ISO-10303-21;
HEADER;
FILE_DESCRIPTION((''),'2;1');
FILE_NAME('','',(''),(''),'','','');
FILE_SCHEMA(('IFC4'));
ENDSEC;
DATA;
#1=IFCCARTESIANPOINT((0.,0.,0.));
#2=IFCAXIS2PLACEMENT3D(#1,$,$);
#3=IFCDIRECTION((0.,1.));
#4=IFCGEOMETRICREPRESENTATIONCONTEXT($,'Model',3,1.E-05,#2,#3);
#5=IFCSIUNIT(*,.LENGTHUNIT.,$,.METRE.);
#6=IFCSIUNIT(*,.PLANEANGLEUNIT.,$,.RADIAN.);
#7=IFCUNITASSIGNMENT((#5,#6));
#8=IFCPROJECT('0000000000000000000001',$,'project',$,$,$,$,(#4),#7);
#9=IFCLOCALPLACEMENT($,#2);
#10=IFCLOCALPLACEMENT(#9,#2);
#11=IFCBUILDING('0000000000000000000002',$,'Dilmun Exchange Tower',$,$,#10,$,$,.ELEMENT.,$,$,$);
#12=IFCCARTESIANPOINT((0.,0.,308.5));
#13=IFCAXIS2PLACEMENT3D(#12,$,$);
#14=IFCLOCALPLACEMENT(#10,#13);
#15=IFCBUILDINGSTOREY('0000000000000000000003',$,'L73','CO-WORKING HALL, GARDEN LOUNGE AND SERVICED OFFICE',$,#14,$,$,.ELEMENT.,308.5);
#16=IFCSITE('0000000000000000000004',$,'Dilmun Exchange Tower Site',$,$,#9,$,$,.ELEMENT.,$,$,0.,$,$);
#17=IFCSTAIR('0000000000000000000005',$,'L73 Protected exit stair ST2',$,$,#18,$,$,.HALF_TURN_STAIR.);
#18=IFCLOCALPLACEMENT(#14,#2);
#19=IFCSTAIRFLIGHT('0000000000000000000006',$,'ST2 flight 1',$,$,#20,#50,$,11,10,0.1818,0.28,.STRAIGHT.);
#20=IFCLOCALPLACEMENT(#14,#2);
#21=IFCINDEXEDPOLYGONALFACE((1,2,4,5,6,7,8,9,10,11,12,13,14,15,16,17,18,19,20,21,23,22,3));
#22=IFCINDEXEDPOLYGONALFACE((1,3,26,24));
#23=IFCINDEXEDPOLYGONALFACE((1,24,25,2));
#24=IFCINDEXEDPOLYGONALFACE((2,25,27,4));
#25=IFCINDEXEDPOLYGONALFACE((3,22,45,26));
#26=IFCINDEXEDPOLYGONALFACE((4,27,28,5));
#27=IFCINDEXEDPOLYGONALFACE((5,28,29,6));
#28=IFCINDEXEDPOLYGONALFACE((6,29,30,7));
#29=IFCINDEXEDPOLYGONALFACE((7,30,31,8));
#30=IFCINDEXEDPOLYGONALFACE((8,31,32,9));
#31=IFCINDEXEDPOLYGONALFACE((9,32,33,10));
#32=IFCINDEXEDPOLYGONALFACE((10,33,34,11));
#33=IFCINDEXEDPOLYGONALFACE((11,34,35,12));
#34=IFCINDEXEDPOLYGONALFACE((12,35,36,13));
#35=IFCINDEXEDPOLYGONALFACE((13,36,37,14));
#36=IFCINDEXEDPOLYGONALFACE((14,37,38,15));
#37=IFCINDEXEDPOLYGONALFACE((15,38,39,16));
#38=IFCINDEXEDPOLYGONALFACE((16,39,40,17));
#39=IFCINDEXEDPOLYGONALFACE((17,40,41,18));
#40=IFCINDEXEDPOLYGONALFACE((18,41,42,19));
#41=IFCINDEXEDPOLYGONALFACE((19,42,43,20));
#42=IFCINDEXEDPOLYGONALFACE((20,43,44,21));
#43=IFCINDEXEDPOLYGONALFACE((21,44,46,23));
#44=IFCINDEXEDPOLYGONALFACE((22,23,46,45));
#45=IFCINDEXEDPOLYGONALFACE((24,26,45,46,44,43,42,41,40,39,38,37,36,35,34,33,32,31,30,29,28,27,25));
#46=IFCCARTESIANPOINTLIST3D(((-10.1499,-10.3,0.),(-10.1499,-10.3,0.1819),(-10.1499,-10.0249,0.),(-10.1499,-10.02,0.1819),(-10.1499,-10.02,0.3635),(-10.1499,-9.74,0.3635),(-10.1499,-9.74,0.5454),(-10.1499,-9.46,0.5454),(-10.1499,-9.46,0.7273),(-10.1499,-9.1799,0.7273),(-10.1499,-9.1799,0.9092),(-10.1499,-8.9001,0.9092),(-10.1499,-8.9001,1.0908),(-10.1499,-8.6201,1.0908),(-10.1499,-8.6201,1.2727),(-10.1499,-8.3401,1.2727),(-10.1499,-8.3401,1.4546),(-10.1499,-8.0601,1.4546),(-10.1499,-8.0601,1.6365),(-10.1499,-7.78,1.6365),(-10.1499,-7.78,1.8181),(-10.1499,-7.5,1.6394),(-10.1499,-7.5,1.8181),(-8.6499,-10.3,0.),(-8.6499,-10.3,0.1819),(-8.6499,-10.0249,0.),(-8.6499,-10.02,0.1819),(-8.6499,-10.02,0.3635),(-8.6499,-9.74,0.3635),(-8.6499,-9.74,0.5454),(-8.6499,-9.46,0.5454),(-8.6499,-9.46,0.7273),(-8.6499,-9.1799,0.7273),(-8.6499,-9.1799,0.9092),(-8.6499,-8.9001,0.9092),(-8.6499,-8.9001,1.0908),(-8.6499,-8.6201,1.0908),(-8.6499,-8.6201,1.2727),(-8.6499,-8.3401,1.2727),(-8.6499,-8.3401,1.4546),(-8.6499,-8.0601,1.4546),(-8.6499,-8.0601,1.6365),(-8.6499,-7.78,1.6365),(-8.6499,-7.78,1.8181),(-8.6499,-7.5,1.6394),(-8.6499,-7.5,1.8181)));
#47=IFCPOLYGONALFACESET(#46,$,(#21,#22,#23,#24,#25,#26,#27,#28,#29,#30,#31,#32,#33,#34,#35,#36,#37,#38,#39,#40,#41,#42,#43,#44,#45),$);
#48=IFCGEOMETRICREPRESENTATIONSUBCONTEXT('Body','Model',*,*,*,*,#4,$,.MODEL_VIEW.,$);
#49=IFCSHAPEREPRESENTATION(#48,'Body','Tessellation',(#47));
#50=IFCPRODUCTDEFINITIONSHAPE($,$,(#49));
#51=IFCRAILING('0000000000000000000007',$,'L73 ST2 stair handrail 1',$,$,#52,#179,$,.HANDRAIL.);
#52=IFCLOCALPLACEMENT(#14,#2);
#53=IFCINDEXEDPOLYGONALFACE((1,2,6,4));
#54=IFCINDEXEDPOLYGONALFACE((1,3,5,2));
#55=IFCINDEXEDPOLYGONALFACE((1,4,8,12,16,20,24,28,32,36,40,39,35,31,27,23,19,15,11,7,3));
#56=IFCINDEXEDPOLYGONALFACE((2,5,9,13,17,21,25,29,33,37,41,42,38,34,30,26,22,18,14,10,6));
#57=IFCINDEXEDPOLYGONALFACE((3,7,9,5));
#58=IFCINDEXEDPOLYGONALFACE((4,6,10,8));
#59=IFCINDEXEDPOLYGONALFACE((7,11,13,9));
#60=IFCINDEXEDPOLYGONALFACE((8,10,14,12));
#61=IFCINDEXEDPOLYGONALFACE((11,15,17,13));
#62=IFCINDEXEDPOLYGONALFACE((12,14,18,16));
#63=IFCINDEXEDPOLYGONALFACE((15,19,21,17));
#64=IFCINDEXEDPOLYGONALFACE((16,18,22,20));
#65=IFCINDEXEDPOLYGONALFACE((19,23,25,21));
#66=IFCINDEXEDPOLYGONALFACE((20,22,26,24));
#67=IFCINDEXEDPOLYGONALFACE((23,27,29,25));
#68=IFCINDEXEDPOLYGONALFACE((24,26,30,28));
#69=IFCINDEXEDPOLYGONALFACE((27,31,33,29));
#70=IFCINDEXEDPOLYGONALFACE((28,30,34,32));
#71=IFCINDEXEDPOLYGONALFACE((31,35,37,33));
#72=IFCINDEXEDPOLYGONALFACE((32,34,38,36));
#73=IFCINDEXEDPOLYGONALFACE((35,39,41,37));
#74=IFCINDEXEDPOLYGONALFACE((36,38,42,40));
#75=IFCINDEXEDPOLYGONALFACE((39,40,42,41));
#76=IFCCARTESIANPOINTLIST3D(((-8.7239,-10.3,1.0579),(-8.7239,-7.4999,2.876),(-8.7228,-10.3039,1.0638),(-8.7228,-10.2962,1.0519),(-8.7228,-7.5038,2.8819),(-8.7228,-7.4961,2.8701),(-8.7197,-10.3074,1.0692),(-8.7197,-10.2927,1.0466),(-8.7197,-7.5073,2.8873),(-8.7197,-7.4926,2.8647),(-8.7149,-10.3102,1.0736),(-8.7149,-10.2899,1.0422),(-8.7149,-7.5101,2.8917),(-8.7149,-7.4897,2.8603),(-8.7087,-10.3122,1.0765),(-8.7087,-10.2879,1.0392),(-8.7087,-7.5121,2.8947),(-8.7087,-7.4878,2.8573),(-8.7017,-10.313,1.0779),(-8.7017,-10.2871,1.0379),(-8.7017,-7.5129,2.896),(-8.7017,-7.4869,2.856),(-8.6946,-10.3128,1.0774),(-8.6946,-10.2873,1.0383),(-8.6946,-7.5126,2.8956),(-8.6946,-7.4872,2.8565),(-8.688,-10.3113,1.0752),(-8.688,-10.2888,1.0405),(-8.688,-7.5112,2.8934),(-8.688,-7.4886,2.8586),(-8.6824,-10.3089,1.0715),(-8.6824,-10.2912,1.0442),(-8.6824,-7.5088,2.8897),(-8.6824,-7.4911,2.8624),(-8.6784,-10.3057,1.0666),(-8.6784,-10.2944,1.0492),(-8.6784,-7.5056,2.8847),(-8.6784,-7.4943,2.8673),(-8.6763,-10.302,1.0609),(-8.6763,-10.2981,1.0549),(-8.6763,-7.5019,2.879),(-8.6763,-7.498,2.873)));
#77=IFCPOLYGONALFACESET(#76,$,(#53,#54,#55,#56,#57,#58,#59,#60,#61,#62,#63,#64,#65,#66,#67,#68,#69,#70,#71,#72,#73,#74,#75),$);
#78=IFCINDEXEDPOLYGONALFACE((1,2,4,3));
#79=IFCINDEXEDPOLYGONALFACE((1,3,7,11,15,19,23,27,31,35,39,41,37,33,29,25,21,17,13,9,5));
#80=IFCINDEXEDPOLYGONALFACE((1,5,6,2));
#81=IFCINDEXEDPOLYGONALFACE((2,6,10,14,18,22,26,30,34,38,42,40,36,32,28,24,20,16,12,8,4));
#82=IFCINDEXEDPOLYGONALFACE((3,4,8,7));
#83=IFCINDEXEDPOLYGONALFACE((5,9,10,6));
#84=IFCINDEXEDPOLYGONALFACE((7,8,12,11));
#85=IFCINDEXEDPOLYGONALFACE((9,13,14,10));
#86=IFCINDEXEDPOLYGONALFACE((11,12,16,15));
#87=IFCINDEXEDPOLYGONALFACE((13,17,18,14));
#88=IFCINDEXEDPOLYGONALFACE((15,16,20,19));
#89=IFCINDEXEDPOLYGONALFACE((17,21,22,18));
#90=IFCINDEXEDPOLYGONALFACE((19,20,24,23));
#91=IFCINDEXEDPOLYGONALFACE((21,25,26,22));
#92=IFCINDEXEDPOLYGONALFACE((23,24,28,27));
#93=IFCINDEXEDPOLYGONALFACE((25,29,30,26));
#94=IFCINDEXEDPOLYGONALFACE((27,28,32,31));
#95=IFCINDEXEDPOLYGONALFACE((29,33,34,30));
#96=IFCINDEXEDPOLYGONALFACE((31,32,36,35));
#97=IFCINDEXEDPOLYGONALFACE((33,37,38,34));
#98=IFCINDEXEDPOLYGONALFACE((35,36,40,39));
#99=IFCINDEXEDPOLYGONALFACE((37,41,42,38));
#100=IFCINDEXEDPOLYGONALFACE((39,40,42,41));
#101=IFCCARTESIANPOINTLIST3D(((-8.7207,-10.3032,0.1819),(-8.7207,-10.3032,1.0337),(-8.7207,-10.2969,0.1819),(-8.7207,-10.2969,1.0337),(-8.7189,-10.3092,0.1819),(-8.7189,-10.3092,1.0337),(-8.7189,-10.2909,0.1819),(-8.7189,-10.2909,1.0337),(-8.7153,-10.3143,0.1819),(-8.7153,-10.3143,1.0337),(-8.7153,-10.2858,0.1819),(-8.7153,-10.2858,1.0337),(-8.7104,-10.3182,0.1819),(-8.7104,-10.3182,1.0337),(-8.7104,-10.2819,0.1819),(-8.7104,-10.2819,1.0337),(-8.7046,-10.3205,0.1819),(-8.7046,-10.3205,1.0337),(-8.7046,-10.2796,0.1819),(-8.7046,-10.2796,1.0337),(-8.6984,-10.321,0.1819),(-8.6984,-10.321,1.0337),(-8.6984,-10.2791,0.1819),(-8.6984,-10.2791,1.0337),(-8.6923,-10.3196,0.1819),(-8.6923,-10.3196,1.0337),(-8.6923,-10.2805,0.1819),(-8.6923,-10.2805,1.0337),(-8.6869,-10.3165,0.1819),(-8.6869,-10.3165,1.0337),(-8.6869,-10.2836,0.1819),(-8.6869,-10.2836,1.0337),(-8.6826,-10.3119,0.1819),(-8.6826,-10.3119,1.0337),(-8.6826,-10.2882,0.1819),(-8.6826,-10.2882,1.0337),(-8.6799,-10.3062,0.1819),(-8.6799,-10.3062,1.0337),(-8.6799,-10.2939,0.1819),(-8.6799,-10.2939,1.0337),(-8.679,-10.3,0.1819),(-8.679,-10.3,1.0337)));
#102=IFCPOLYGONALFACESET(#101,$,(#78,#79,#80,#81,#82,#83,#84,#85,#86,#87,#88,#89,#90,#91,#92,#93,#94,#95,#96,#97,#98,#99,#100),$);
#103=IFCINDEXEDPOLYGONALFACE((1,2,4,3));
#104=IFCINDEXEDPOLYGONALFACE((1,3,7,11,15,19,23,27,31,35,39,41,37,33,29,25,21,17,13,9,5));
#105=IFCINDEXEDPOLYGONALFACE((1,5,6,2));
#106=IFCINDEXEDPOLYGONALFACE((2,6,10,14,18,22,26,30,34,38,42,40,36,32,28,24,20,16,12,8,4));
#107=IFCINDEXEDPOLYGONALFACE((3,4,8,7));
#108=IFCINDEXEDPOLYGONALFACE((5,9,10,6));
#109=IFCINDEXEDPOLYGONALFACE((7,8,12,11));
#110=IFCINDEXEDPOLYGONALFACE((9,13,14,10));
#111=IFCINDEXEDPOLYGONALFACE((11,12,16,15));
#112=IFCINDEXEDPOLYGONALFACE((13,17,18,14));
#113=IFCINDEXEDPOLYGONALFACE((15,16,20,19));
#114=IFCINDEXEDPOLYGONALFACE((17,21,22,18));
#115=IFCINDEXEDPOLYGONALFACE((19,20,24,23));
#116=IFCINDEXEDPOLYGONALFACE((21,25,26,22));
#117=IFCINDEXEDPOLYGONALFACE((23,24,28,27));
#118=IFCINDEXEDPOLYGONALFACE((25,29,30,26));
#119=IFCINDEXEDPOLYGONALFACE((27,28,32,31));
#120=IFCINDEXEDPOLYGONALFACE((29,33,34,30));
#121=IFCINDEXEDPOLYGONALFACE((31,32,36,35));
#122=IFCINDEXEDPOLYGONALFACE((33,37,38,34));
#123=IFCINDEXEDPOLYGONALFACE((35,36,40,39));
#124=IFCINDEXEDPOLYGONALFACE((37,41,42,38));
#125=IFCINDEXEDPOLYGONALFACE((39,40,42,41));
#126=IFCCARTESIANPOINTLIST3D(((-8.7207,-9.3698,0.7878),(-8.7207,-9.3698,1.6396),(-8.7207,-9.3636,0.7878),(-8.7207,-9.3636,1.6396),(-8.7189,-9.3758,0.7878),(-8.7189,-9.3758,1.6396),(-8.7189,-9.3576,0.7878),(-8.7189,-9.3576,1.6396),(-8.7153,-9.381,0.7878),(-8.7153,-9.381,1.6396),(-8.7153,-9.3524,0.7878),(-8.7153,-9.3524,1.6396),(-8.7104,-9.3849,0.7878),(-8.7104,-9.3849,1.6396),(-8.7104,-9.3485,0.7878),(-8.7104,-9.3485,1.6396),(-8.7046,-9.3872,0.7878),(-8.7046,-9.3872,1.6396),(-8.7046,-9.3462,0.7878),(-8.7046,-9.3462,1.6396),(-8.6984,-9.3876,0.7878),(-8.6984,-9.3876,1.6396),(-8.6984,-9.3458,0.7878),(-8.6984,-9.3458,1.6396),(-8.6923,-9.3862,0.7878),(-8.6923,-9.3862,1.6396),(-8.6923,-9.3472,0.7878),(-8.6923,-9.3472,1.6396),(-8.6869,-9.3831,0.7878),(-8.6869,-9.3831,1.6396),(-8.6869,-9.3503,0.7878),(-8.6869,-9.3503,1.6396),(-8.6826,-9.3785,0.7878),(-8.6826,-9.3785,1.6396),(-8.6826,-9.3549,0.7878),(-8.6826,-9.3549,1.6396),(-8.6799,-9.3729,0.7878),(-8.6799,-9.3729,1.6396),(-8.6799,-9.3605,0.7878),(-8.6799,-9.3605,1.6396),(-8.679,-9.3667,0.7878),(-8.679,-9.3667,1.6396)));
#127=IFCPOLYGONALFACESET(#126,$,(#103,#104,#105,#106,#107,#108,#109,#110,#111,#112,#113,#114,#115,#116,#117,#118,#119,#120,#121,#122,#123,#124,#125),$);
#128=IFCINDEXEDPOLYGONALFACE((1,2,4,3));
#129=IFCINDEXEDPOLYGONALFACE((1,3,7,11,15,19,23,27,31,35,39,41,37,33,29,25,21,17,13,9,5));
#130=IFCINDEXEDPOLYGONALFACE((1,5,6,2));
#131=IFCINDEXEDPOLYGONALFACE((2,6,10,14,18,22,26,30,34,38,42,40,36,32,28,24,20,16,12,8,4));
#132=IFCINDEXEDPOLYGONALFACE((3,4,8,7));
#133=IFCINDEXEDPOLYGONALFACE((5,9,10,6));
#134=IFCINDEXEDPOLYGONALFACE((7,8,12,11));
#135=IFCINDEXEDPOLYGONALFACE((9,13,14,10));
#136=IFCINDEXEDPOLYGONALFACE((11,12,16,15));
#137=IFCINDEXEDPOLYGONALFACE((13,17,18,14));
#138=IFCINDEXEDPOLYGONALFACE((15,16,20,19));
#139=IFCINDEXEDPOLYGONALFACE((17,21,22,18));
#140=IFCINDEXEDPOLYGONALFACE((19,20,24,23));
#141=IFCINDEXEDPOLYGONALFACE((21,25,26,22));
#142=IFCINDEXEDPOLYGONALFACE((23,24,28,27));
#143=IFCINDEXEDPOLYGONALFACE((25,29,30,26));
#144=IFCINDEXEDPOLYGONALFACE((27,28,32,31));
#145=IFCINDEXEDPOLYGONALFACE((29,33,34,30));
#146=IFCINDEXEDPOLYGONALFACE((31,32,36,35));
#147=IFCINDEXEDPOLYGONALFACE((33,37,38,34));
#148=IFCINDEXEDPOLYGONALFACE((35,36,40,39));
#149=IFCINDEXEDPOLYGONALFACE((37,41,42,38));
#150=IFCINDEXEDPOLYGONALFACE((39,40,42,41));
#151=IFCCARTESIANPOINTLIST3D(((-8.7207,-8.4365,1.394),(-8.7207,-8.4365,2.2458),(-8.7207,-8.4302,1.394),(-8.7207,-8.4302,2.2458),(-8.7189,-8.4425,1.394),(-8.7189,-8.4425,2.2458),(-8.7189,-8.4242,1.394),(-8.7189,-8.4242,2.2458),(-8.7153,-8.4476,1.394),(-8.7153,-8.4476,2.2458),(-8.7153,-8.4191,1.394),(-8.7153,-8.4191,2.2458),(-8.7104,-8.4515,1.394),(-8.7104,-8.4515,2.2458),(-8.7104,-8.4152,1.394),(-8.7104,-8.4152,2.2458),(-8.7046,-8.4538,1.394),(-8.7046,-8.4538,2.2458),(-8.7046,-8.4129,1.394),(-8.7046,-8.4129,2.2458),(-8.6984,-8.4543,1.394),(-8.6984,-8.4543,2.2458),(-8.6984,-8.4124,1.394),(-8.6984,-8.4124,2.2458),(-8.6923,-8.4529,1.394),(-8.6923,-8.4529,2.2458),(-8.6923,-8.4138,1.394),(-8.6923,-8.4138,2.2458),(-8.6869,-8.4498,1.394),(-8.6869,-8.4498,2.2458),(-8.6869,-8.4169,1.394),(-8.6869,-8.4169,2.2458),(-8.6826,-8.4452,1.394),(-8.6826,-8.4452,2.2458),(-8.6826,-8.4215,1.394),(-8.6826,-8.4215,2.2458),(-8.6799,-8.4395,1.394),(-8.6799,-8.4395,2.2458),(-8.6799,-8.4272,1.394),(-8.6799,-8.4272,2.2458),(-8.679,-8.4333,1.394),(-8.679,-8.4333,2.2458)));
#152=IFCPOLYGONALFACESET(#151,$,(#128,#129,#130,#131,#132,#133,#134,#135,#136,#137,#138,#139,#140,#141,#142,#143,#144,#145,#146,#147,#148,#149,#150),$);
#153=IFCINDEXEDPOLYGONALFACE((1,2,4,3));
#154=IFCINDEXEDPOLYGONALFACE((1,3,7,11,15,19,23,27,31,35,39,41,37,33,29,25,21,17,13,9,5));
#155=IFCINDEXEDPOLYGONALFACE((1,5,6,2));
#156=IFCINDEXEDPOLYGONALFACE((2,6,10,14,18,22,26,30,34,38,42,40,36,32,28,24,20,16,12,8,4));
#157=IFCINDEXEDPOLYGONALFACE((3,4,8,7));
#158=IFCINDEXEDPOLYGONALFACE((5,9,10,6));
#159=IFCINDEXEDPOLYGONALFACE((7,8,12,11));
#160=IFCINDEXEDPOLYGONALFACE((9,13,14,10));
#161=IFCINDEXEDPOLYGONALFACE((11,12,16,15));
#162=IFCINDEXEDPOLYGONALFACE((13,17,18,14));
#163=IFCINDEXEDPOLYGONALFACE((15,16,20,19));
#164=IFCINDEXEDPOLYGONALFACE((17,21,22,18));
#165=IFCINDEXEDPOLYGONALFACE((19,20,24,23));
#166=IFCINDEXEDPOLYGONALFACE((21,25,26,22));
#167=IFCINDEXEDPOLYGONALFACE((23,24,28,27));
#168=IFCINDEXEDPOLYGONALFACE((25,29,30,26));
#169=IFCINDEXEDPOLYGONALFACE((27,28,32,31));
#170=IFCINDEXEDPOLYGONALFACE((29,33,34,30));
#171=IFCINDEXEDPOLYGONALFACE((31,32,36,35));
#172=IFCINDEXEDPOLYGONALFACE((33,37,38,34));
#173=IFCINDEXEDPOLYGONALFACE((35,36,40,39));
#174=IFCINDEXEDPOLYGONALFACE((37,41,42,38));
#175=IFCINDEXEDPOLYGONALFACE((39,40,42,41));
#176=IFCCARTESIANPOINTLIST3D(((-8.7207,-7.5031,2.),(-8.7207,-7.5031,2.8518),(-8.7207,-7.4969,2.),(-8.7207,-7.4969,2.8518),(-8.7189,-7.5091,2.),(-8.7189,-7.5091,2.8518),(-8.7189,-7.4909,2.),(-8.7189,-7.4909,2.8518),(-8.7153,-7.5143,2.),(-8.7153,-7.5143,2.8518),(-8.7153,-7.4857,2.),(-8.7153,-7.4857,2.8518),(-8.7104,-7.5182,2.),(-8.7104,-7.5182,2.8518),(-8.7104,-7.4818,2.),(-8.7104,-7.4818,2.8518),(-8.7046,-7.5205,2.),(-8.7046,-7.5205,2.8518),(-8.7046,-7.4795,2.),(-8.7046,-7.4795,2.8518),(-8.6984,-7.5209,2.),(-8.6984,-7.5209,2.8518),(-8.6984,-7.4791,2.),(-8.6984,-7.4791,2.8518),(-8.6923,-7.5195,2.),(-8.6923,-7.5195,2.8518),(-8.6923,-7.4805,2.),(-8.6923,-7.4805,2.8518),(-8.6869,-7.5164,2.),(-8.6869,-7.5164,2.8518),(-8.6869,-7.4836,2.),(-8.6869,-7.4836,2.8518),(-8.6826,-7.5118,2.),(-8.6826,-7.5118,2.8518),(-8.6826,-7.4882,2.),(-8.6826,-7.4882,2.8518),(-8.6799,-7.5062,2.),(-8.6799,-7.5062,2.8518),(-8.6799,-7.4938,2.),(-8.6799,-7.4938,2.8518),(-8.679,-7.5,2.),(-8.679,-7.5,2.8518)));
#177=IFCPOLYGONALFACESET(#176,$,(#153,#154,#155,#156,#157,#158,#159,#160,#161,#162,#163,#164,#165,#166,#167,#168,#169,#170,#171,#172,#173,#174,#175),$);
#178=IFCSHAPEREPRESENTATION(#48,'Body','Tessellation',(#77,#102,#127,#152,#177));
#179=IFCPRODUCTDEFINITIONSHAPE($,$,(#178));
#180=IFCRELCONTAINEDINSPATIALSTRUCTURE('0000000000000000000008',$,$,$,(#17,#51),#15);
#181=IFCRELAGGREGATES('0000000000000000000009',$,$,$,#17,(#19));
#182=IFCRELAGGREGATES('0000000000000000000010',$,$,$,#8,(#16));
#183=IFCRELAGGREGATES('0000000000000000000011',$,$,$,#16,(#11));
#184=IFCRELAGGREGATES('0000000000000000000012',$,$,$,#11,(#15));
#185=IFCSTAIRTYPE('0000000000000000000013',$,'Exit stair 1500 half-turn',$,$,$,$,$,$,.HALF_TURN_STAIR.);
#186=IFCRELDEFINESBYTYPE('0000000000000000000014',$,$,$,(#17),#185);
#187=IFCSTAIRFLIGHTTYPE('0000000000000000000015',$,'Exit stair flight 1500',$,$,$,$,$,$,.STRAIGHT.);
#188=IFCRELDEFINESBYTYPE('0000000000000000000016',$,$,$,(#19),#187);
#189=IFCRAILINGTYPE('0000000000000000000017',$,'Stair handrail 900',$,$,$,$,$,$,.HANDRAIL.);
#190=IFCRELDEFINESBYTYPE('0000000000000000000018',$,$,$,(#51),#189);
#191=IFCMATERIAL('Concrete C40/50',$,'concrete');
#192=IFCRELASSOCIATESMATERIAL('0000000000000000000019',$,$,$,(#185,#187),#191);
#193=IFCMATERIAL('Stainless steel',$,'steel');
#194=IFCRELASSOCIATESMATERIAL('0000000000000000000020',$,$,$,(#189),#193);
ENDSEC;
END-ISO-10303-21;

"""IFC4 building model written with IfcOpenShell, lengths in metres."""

from ifc_helpers import new_model, si_unit, direction, frame, origin, origin_2d, place, context, subcontext, project, spatial, polyline, circle, outline, extrude, material, type_object, element, aggregate, save


model = new_model("IFC4")

# Units and contexts
model_context = context("Model", 3, precision=1e-05, world=origin(), true_north=direction((0.0, 1.0)))
body_context = subcontext(model_context, "Body", "Model", "MODEL_VIEW")
ifc_project = project(units=[si_unit("LENGTHUNIT", "METRE"), si_unit("PLANEANGLEUNIT", "RADIAN")], contexts=[model_context])

# Site, building, storey
site_placement = place(None, origin())
site = spatial("IfcSite", under=ifc_project, at=site_placement, Name="Dilmun Exchange Tower Site", CompositionType="ELEMENT", RefElevation=0.0)
building_placement = place(site_placement, origin())
building = spatial("IfcBuilding", under=site, at=building_placement, Name="Dilmun Exchange Tower", CompositionType="ELEMENT")
storey_placement = place(building_placement, frame((0.0, 0.0, 308.5)))
storey = spatial("IfcBuildingStorey", under=building, at=storey_placement, Name="L73", Description="CO-WORKING HALL, GARDEN LOUNGE AND SERVICED OFFICE", CompositionType="ELEMENT", Elevation=308.5)

# Shared definitions
ifc_material_1 = material(Name="Concrete C40/50", Category="concrete")

# Stair, stair flight
stair_type = type_object("IfcStairType", Name="Exit stair 1500 half-turn", PredefinedType="HALF_TURN_STAIR", material=ifc_material_1)
stair_placement = place(storey_placement, origin())
stair = element("IfcStair", 1, at=stair_placement, inside=storey, type_object=stair_type, Name="L73 Protected exit stair ST2", PredefinedType="HALF_TURN_STAIR")
stair_flight_type = type_object("IfcStairFlightType", Name="Exit stair flight 1500", PredefinedType="STRAIGHT", material=ifc_material_1)
stair_flight_placement = place(storey_placement, frame((-9.3999, -10.3, 0.0), z_axis=(0.0, 0.0, 1.0), x_axis=(0.0, 1.0, 0.0)))
stair_flight = element("IfcStairFlight", 2, at=stair_flight_placement, type_object=stair_flight_type, Name="ST2 flight 1", NumberOfRisers=11, NumberOfTreads=10, PredefinedType="STRAIGHT", RiserHeight=0.1818, TreadLength=0.28, context=body_context, shape_type="SweptSolid", body=[
    extrude(outline(polyline([(0.0, 0.0), (0.0, 0.1819), (0.28, 0.1819), (0.28, 0.3635), (0.5601, 0.3635), (0.5601, 0.5454), (0.8401, 0.5454), (0.8401, 0.7273), (1.1201, 0.7273), (1.1201, 0.9092), (1.3999, 0.9092), (1.3999, 1.0908), (1.6799, 1.0908), (1.6799, 1.2727), (1.96, 1.2727), (1.96, 1.4546), (2.24, 1.4546), (2.24, 1.6365), (2.52, 1.6365), (2.52, 1.8181), (2.8, 1.8181), (2.8, 2.0), (2.8, 1.6394), (0.2751, 0.0), (0.0, 0.0)])), frame((0.0, 0.75, 0.0), z_axis=(0.0, -1.0, 0.0), x_axis=(1.0, 0.0, 0.0)), (0.0, 0.0, 1.0), 1.5),
])
aggregate(stair, [stair_flight])

# Railing
ifc_material_2 = material(Name="Stainless steel", Category="steel")
railing_type = type_object("IfcRailingType", Name="Stair handrail 900", PredefinedType="HANDRAIL", material=ifc_material_2)
railing_placement = place(storey_placement, frame((-8.7, -10.3, 0.1819)))
element("IfcRailing", 3, at=railing_placement, inside=storey, type_object=railing_type, Name="L73 ST2 stair handrail 1", PredefinedType="HANDRAIL", context=body_context, shape_type="SweptSolid", body=[
    extrude(circle(Radius=0.0239, at=origin_2d()), frame((0.0, 0.0, 0.876), z_axis=(0.0, 0.838706, 0.544585), x_axis=(-1.0, 0.0, 0.0)), (0.0, 0.0, 1.0), 3.3386),
    extrude(circle(Radius=0.021, at=origin_2d()), origin(), (0.0, 0.0, 1.0), 0.8518),
    extrude(circle(Radius=0.021, at=origin_2d()), frame((0.0, 0.9333, 0.606)), (0.0, 0.0, 1.0), 0.8518),
    extrude(circle(Radius=0.021, at=origin_2d()), frame((0.0, 1.8667, 1.2122)), (0.0, 0.0, 1.0), 0.8518),
    extrude(circle(Radius=0.021, at=origin_2d()), frame((0.0, 2.8, 1.8181)), (0.0, 0.0, 1.0), 0.8518),
])

save(model, "model.ifc")
